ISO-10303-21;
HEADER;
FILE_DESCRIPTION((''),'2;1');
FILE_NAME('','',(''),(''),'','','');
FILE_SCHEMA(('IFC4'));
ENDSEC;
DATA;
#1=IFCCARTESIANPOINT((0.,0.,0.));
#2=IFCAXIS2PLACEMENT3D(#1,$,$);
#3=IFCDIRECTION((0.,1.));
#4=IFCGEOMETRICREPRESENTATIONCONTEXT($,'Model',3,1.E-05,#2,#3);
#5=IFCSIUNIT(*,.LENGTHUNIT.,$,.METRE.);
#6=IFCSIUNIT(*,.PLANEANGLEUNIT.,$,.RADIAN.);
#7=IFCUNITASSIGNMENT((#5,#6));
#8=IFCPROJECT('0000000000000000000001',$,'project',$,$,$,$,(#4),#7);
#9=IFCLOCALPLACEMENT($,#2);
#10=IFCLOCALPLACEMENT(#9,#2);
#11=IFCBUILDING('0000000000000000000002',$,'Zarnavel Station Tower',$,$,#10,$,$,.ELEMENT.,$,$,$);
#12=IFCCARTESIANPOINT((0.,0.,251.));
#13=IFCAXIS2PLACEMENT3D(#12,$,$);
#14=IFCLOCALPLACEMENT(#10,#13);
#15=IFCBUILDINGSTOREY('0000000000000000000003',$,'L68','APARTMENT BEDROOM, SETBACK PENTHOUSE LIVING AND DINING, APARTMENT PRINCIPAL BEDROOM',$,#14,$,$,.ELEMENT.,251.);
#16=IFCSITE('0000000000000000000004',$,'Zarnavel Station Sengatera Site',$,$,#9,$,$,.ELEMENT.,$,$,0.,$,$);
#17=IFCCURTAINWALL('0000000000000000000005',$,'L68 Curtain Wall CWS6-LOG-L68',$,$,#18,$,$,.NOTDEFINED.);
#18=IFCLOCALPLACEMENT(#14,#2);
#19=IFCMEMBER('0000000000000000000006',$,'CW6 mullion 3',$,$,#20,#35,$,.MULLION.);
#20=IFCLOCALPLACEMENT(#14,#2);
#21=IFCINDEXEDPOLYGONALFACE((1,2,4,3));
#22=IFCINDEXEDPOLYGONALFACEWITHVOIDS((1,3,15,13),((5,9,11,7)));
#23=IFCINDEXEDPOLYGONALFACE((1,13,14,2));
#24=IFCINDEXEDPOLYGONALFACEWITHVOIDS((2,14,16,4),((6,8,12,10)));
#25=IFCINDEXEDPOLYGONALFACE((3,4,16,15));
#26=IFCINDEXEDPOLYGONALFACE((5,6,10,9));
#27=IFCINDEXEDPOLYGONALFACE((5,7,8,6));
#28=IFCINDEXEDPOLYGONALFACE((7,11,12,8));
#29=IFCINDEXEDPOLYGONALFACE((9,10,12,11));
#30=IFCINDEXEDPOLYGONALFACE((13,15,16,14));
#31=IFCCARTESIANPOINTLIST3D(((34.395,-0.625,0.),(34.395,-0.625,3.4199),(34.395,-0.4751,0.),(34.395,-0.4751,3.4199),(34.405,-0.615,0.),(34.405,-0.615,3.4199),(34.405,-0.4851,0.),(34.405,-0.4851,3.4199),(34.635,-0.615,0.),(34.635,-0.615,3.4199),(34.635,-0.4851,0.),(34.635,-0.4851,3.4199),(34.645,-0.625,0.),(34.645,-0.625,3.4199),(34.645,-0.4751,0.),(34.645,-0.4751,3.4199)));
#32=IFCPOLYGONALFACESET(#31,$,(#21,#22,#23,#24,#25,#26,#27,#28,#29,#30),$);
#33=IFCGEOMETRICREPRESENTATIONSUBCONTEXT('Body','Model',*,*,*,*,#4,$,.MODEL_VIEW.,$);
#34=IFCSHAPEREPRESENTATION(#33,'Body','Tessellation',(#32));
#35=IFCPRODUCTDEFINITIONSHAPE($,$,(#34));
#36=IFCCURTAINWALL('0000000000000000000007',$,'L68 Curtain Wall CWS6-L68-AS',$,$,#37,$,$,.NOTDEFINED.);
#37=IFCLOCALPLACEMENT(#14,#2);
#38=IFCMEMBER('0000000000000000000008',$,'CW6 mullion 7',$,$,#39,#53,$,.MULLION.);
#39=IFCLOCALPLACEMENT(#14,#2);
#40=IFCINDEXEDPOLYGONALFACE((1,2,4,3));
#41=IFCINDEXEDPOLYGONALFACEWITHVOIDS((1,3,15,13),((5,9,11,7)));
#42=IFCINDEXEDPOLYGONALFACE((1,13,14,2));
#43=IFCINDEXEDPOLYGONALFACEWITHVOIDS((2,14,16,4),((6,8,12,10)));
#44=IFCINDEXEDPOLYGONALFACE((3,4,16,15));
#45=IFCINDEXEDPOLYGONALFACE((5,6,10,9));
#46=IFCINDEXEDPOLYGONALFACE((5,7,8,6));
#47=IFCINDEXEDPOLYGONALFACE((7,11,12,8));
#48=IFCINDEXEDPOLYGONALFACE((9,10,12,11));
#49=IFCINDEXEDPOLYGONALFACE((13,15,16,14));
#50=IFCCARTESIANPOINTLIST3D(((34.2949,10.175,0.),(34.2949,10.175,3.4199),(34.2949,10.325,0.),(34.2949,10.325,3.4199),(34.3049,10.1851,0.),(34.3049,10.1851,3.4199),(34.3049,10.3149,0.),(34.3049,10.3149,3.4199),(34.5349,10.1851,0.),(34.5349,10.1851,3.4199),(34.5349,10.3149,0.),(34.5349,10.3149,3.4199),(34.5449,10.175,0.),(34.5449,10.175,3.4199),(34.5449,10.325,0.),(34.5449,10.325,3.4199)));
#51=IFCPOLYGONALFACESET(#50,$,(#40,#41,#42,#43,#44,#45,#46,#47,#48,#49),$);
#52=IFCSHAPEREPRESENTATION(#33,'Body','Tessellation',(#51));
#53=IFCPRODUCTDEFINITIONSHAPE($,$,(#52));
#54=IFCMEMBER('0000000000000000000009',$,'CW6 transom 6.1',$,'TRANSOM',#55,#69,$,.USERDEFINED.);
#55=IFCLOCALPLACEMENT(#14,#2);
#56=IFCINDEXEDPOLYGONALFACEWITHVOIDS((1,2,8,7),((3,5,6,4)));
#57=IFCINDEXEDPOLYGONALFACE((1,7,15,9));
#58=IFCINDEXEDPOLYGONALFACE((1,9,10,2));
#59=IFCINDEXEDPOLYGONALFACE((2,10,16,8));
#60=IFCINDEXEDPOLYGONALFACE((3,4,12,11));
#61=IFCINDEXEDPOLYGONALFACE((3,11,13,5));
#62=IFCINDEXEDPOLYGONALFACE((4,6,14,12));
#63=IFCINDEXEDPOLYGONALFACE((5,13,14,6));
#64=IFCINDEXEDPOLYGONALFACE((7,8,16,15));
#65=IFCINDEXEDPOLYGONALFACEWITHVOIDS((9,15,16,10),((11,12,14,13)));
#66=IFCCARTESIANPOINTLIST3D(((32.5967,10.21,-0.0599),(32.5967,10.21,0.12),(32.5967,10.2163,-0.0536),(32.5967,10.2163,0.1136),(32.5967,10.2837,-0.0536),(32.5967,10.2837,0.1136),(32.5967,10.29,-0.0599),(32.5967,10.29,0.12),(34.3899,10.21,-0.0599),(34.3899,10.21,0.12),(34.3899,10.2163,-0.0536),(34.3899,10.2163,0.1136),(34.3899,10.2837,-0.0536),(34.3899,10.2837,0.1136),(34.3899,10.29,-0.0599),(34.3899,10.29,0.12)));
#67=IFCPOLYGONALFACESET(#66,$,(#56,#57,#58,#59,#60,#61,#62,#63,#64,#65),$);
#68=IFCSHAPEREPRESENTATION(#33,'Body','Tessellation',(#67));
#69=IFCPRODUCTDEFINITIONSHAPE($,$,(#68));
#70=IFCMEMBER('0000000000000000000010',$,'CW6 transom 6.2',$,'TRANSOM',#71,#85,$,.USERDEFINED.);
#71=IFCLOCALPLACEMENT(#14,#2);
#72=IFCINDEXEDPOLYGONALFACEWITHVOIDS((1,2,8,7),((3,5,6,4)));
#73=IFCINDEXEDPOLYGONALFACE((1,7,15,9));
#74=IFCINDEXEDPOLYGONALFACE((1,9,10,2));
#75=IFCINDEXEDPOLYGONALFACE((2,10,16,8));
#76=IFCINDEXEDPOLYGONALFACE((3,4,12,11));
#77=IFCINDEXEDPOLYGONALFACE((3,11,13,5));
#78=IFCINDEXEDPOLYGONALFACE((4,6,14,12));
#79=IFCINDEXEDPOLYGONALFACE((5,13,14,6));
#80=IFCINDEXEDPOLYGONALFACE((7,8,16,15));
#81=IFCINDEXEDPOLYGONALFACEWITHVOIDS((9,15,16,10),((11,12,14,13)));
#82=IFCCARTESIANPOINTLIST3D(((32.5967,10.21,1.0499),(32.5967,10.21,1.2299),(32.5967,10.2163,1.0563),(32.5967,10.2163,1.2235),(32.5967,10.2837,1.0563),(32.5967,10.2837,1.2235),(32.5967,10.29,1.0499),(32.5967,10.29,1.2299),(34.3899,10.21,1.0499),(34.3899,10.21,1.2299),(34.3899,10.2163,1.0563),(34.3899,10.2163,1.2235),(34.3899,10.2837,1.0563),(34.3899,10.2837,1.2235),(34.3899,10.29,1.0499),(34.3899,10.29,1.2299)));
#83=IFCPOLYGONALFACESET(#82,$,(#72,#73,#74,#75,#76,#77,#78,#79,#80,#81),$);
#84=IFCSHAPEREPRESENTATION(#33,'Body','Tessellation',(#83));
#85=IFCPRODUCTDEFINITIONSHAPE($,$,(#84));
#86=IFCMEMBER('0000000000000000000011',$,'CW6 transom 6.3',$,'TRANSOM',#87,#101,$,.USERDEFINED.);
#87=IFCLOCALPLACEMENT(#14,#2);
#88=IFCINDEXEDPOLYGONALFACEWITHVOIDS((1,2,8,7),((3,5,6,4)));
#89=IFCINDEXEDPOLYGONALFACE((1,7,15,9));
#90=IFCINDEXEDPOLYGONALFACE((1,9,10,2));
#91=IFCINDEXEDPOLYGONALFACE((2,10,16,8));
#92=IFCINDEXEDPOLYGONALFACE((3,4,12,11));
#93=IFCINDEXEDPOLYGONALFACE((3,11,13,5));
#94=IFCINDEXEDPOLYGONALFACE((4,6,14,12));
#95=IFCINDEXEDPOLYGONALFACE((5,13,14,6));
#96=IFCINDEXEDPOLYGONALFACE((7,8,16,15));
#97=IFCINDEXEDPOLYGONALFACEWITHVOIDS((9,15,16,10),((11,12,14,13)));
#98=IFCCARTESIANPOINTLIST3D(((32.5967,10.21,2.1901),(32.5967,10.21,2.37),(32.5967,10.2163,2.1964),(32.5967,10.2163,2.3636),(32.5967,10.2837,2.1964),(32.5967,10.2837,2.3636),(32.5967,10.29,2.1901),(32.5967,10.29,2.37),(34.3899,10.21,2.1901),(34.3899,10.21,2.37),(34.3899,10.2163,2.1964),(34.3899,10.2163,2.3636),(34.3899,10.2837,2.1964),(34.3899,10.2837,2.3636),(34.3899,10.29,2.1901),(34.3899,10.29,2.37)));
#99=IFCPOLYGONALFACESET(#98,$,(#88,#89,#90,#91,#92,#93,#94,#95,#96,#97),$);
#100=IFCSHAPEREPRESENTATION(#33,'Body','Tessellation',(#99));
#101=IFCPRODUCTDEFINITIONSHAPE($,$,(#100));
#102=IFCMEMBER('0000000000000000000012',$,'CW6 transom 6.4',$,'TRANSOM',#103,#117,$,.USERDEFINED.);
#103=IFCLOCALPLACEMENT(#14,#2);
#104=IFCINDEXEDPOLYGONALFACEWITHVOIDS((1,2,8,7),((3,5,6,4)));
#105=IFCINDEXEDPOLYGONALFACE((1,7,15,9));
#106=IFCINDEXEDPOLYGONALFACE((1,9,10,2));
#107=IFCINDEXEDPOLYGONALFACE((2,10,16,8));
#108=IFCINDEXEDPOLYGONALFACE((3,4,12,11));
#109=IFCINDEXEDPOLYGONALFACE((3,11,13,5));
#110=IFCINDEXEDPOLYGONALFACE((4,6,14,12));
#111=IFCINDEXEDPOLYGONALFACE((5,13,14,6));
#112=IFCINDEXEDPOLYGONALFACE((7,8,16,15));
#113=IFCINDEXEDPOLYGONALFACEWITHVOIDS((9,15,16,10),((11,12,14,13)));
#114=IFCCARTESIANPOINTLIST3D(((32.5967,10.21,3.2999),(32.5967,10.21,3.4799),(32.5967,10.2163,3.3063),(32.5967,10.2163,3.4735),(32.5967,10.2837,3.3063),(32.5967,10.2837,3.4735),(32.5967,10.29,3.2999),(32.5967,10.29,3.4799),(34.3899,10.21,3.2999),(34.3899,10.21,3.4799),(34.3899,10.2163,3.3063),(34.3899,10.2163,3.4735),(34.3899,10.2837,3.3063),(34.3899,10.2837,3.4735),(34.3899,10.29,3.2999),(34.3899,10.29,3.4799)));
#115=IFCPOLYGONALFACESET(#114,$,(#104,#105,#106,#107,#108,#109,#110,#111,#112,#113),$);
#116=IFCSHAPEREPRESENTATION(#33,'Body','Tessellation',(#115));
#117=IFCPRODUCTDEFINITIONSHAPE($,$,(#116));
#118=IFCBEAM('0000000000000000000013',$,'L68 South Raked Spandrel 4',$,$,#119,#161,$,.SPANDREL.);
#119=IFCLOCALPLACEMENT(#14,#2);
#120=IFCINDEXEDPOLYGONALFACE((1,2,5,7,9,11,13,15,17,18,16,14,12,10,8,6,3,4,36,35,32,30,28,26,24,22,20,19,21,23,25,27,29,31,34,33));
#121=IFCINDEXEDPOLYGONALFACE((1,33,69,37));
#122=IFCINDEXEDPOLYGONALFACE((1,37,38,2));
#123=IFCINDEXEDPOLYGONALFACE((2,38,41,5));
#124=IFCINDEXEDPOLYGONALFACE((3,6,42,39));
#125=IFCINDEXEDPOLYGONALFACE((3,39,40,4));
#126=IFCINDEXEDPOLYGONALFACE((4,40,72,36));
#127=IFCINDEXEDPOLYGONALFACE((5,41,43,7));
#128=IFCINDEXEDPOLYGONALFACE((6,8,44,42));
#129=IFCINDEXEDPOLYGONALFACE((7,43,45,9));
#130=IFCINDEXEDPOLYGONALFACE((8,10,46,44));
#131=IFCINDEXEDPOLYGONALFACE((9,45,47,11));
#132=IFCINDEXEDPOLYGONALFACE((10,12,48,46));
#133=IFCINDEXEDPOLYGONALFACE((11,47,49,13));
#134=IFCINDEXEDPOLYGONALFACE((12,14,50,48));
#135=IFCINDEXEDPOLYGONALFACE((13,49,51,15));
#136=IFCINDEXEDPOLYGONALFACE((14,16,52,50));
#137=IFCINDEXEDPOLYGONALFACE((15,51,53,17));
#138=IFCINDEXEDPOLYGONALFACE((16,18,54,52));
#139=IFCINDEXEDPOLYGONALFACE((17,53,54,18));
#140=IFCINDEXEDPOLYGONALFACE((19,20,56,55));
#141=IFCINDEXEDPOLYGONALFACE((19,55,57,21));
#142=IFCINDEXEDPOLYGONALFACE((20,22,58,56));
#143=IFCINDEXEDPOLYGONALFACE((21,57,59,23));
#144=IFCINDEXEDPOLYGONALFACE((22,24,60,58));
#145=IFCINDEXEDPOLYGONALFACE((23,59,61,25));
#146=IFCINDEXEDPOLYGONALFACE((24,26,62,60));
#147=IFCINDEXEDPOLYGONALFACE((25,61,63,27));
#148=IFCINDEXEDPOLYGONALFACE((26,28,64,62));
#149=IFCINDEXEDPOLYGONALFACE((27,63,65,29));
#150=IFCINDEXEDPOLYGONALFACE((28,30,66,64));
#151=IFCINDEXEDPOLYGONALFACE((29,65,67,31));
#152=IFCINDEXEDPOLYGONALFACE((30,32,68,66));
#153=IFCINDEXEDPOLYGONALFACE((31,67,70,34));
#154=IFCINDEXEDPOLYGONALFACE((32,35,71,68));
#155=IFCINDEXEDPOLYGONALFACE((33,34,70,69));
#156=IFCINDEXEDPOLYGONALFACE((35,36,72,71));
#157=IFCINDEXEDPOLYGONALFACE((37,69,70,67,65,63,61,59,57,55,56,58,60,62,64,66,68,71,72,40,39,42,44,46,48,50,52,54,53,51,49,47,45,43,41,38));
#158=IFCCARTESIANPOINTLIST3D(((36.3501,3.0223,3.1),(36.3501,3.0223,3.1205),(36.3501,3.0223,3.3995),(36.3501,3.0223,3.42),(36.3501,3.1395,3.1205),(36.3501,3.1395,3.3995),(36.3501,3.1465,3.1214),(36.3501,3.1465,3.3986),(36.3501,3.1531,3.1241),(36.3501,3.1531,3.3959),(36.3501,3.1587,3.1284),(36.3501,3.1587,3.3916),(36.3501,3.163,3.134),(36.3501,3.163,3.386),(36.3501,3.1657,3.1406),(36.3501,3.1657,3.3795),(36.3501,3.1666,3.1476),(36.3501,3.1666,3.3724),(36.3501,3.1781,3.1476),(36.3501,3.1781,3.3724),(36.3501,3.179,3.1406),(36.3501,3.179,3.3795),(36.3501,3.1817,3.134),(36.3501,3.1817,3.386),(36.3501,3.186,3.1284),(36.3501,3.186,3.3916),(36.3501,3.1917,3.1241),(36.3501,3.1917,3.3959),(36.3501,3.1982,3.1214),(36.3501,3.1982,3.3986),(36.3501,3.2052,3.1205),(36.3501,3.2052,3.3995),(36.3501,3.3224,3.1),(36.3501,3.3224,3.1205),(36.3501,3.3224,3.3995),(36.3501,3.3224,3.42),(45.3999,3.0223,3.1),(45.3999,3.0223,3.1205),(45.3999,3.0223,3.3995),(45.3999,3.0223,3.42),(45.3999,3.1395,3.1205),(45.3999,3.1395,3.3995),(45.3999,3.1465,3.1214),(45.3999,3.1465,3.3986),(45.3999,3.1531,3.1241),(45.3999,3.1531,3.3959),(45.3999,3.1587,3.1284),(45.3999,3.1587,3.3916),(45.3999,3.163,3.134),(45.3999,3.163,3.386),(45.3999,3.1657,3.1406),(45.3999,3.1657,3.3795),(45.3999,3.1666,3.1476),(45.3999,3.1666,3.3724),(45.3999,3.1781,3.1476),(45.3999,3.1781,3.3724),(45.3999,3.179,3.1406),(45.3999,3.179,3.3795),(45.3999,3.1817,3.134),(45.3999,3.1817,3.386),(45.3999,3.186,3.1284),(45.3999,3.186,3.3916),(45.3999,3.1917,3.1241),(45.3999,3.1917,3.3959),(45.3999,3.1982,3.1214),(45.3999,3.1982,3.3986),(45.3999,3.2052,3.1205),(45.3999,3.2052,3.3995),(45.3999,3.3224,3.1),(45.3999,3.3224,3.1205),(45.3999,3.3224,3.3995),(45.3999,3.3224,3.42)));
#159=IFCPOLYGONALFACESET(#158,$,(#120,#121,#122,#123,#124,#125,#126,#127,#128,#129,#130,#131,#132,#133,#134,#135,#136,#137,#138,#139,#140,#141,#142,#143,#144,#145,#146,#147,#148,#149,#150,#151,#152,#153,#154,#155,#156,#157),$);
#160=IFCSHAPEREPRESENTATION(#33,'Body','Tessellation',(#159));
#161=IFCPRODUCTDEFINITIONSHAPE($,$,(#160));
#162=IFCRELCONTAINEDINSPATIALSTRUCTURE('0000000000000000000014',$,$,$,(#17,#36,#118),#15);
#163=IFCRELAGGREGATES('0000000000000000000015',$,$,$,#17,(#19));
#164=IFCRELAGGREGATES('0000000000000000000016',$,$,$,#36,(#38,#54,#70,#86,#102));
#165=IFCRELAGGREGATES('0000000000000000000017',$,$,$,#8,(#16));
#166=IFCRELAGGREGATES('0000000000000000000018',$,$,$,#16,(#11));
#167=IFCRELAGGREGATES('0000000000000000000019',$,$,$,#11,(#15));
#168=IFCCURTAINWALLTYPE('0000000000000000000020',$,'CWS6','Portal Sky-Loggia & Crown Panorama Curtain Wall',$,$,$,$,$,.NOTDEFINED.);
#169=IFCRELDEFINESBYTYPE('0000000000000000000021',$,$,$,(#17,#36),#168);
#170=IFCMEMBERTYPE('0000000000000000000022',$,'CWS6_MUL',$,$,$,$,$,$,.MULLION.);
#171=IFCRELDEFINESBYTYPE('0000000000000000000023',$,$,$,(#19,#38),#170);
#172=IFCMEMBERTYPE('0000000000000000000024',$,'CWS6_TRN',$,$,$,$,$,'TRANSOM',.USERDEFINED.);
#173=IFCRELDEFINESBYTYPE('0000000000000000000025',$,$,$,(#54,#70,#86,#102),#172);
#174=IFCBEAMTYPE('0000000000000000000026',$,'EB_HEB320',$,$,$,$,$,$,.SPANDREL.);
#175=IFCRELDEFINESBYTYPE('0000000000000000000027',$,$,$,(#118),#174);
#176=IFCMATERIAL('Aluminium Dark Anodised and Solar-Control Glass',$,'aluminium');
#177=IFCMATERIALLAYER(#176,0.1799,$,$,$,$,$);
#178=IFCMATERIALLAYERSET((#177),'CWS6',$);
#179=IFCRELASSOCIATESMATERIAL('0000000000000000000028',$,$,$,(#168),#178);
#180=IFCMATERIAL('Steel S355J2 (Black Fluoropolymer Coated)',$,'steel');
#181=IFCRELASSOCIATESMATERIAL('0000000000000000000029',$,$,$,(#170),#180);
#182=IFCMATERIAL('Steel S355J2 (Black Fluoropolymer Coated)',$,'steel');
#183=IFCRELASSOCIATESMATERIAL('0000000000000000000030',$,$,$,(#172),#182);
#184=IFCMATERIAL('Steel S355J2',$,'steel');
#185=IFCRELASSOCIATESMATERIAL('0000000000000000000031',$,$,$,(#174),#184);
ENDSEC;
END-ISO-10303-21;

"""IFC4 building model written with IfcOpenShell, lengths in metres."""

from ifc_helpers import new_model, si_unit, direction, frame, origin, origin_2d, place, context, subcontext, project, spatial, hollow_rectangle, i_section, extrude, material, layer, layer_set, material_profile, profile_set, type_object, element, aggregate, save


model = new_model("IFC4")

# Units and contexts
model_context = context("Model", 3, precision=1e-05, world=origin(), true_north=direction((0.0, 1.0)))
body_context = subcontext(model_context, "Body", "Model", "MODEL_VIEW")
ifc_project = project(units=[si_unit("LENGTHUNIT", "METRE"), si_unit("PLANEANGLEUNIT", "RADIAN")], contexts=[model_context])

# Site, building, storey
site_placement = place(None, origin())
site = spatial("IfcSite", under=ifc_project, at=site_placement, Name="Zarnavel Station Sengatera Site", CompositionType="ELEMENT", RefElevation=0.0)
building_placement = place(site_placement, origin())
building = spatial("IfcBuilding", under=site, at=building_placement, Name="Zarnavel Station Tower", CompositionType="ELEMENT")
storey_placement = place(building_placement, frame((0.0, 0.0, 251.0)))
storey = spatial("IfcBuildingStorey", under=building, at=storey_placement, Name="L68", Description="APARTMENT BEDROOM, SETBACK PENTHOUSE LIVING AND DINING, APARTMENT PRINCIPAL BEDROOM", CompositionType="ELEMENT", Elevation=251.0)

# Curtain wall, member
ifc_material_1 = material(Name="Aluminium Dark Anodised and Solar-Control Glass", Category="aluminium")
ifc_layer_1 = layer(ifc_material_1, 0.1799)
ifc_layer_set_1 = layer_set([ifc_layer_1], Name="CWS6")
curtain_wall_type = type_object("IfcCurtainWallType", Name="CWS6", Description="Portal Sky-Loggia & Crown Panorama Curtain Wall", PredefinedType="NOTDEFINED", material=ifc_layer_set_1)
curtain_wall_1_placement = place(storey_placement, origin())
curtain_wall_1 = element("IfcCurtainWall", 1, at=curtain_wall_1_placement, inside=storey, type_object=curtain_wall_type, Name="L68 Curtain Wall CWS6-LOG-L68", PredefinedType="NOTDEFINED")
ifc_material_2 = material(Name="Steel S355J2 (Black Fluoropolymer Coated)", Category="steel")
ifc_material_profile_1 = material_profile(ifc_material_2, hollow_rectangle(XDim=0.1499, YDim=0.25, WallThickness=0.01, at=origin_2d()), Name="RHS250x150x10")
ifc_profile_set_1 = profile_set([ifc_material_profile_1], Name="Steel S355J2 (Black Fluoropolymer Coated)")
member_type_1 = type_object("IfcMemberType", Name="CWS6_MUL", PredefinedType="MULLION", material=ifc_profile_set_1)
member_1_placement = place(storey_placement, frame((34.52, -0.55, 0.0), z_axis=(0.0, 0.0, 1.0), x_axis=(0.0, 1.0, 0.0)))
member_1 = element("IfcMember", 2, at=member_1_placement, type_object=member_type_1, Name="CW6 mullion 3", PredefinedType="MULLION", context=body_context, shape_type="SweptSolid", body=[
    extrude(hollow_rectangle(XDim=0.1499, YDim=0.25, WallThickness=0.01, at=origin_2d()), origin(), (0.0, 0.0, 1.0), 3.4199),
])

# Curtain wall, members
curtain_wall_2_placement = place(storey_placement, origin())
curtain_wall_2 = element("IfcCurtainWall", 3, at=curtain_wall_2_placement, inside=storey, type_object=curtain_wall_type, Name="L68 Curtain Wall CWS6-L68-AS", PredefinedType="NOTDEFINED")
member_2_placement = place(storey_placement, frame((34.4199, 10.25, 0.0), z_axis=(0.0, 0.0, 1.0), x_axis=(0.0, 1.0, 0.0)))
member_2 = element("IfcMember", 4, at=member_2_placement, type_object=member_type_1, Name="CW6 mullion 7", PredefinedType="MULLION", context=body_context, shape_type="SweptSolid", body=[
    extrude(hollow_rectangle(XDim=0.1499, YDim=0.25, WallThickness=0.01, at=origin_2d()), origin(), (0.0, 0.0, 1.0), 3.4199),
])
ifc_material_3 = material(Name="Steel S355J2 (Black Fluoropolymer Coated)", Category="steel")
ifc_material_profile_2 = material_profile(ifc_material_3, hollow_rectangle(XDim=0.0801, YDim=0.1799, WallThickness=0.0063, at=origin_2d()), Name="RHS180x80x6.3")
ifc_profile_set_2 = profile_set([ifc_material_profile_2], Name="Steel S355J2 (Black Fluoropolymer Coated)")
member_type_2 = type_object("IfcMemberType", Name="CWS6_TRN", ElementType="TRANSOM", PredefinedType="USERDEFINED", material=ifc_profile_set_2)
member_3_placement = place(storey_placement, frame((32.5967, 10.25, 0.03), z_axis=(1.0, 0.0, 0.0), x_axis=(0.0, 1.0, 0.0)))
member_3 = element("IfcMember", 5, at=member_3_placement, type_object=member_type_2, Name="CW6 transom 6.1", ObjectType="TRANSOM", PredefinedType="USERDEFINED", context=body_context, shape_type="SweptSolid", body=[
    extrude(hollow_rectangle(XDim=0.0801, YDim=0.1799, WallThickness=0.0063, at=origin_2d()), origin(), (0.0, 0.0, 1.0), 1.7932),
])
member_4_placement = place(storey_placement, frame((32.5967, 10.25, 1.1399), z_axis=(1.0, 0.0, 0.0), x_axis=(0.0, 1.0, 0.0)))
member_4 = element("IfcMember", 6, at=member_4_placement, type_object=member_type_2, Name="CW6 transom 6.2", ObjectType="TRANSOM", PredefinedType="USERDEFINED", context=body_context, shape_type="SweptSolid", body=[
    extrude(hollow_rectangle(XDim=0.0801, YDim=0.1799, WallThickness=0.0063, at=origin_2d()), origin(), (0.0, 0.0, 1.0), 1.7932),
])
member_5_placement = place(storey_placement, frame((32.5967, 10.25, 2.28), z_axis=(1.0, 0.0, 0.0), x_axis=(0.0, 1.0, 0.0)))
member_5 = element("IfcMember", 7, at=member_5_placement, type_object=member_type_2, Name="CW6 transom 6.3", ObjectType="TRANSOM", PredefinedType="USERDEFINED", context=body_context, shape_type="SweptSolid", body=[
    extrude(hollow_rectangle(XDim=0.0801, YDim=0.1799, WallThickness=0.0063, at=origin_2d()), origin(), (0.0, 0.0, 1.0), 1.7932),
])
member_6_placement = place(storey_placement, frame((32.5967, 10.25, 3.3899), z_axis=(1.0, 0.0, 0.0), x_axis=(0.0, 1.0, 0.0)))
member_6 = element("IfcMember", 8, at=member_6_placement, type_object=member_type_2, Name="CW6 transom 6.4", ObjectType="TRANSOM", PredefinedType="USERDEFINED", context=body_context, shape_type="SweptSolid", body=[
    extrude(hollow_rectangle(XDim=0.0801, YDim=0.1799, WallThickness=0.0063, at=origin_2d()), origin(), (0.0, 0.0, 1.0), 1.7932),
])

# Beam
ifc_material_4 = material(Name="Steel S355J2", Category="steel")
ifc_material_profile_3 = material_profile(ifc_material_4, i_section(OverallWidth=0.3, OverallDepth=0.3201, WebThickness=0.0115, FlangeThickness=0.0205, FilletRadius=0.0271, at=origin_2d()), Name="HEB320")
ifc_profile_set_3 = profile_set([ifc_material_profile_3], Name="Steel S355J2")
beam_type_1 = type_object("IfcBeamType", Name="EB_HEB320", PredefinedType="SPANDREL", material=ifc_profile_set_3)
beam_1_placement = place(storey_placement, frame((36.3501, 3.1724, 3.26), z_axis=(1.0, 0.0, 0.0), x_axis=(0.0, 1.0, 0.0)))
element("IfcBeam", 9, at=beam_1_placement, inside=storey, type_object=beam_type_1, Name="L68 South Raked Spandrel 4", PredefinedType="SPANDREL", context=body_context, shape_type="SweptSolid", body=[
    extrude(i_section(OverallWidth=0.3, OverallDepth=0.3201, WebThickness=0.0115, FlangeThickness=0.0205, FilletRadius=0.0271, at=origin_2d()), origin(), (0.0, 0.0, 1.0), 9.0498),
])

aggregate(curtain_wall_1, [member_1])
aggregate(curtain_wall_2, [member_2, member_3, member_4, member_5, member_6])

save(model, "model.ifc")
